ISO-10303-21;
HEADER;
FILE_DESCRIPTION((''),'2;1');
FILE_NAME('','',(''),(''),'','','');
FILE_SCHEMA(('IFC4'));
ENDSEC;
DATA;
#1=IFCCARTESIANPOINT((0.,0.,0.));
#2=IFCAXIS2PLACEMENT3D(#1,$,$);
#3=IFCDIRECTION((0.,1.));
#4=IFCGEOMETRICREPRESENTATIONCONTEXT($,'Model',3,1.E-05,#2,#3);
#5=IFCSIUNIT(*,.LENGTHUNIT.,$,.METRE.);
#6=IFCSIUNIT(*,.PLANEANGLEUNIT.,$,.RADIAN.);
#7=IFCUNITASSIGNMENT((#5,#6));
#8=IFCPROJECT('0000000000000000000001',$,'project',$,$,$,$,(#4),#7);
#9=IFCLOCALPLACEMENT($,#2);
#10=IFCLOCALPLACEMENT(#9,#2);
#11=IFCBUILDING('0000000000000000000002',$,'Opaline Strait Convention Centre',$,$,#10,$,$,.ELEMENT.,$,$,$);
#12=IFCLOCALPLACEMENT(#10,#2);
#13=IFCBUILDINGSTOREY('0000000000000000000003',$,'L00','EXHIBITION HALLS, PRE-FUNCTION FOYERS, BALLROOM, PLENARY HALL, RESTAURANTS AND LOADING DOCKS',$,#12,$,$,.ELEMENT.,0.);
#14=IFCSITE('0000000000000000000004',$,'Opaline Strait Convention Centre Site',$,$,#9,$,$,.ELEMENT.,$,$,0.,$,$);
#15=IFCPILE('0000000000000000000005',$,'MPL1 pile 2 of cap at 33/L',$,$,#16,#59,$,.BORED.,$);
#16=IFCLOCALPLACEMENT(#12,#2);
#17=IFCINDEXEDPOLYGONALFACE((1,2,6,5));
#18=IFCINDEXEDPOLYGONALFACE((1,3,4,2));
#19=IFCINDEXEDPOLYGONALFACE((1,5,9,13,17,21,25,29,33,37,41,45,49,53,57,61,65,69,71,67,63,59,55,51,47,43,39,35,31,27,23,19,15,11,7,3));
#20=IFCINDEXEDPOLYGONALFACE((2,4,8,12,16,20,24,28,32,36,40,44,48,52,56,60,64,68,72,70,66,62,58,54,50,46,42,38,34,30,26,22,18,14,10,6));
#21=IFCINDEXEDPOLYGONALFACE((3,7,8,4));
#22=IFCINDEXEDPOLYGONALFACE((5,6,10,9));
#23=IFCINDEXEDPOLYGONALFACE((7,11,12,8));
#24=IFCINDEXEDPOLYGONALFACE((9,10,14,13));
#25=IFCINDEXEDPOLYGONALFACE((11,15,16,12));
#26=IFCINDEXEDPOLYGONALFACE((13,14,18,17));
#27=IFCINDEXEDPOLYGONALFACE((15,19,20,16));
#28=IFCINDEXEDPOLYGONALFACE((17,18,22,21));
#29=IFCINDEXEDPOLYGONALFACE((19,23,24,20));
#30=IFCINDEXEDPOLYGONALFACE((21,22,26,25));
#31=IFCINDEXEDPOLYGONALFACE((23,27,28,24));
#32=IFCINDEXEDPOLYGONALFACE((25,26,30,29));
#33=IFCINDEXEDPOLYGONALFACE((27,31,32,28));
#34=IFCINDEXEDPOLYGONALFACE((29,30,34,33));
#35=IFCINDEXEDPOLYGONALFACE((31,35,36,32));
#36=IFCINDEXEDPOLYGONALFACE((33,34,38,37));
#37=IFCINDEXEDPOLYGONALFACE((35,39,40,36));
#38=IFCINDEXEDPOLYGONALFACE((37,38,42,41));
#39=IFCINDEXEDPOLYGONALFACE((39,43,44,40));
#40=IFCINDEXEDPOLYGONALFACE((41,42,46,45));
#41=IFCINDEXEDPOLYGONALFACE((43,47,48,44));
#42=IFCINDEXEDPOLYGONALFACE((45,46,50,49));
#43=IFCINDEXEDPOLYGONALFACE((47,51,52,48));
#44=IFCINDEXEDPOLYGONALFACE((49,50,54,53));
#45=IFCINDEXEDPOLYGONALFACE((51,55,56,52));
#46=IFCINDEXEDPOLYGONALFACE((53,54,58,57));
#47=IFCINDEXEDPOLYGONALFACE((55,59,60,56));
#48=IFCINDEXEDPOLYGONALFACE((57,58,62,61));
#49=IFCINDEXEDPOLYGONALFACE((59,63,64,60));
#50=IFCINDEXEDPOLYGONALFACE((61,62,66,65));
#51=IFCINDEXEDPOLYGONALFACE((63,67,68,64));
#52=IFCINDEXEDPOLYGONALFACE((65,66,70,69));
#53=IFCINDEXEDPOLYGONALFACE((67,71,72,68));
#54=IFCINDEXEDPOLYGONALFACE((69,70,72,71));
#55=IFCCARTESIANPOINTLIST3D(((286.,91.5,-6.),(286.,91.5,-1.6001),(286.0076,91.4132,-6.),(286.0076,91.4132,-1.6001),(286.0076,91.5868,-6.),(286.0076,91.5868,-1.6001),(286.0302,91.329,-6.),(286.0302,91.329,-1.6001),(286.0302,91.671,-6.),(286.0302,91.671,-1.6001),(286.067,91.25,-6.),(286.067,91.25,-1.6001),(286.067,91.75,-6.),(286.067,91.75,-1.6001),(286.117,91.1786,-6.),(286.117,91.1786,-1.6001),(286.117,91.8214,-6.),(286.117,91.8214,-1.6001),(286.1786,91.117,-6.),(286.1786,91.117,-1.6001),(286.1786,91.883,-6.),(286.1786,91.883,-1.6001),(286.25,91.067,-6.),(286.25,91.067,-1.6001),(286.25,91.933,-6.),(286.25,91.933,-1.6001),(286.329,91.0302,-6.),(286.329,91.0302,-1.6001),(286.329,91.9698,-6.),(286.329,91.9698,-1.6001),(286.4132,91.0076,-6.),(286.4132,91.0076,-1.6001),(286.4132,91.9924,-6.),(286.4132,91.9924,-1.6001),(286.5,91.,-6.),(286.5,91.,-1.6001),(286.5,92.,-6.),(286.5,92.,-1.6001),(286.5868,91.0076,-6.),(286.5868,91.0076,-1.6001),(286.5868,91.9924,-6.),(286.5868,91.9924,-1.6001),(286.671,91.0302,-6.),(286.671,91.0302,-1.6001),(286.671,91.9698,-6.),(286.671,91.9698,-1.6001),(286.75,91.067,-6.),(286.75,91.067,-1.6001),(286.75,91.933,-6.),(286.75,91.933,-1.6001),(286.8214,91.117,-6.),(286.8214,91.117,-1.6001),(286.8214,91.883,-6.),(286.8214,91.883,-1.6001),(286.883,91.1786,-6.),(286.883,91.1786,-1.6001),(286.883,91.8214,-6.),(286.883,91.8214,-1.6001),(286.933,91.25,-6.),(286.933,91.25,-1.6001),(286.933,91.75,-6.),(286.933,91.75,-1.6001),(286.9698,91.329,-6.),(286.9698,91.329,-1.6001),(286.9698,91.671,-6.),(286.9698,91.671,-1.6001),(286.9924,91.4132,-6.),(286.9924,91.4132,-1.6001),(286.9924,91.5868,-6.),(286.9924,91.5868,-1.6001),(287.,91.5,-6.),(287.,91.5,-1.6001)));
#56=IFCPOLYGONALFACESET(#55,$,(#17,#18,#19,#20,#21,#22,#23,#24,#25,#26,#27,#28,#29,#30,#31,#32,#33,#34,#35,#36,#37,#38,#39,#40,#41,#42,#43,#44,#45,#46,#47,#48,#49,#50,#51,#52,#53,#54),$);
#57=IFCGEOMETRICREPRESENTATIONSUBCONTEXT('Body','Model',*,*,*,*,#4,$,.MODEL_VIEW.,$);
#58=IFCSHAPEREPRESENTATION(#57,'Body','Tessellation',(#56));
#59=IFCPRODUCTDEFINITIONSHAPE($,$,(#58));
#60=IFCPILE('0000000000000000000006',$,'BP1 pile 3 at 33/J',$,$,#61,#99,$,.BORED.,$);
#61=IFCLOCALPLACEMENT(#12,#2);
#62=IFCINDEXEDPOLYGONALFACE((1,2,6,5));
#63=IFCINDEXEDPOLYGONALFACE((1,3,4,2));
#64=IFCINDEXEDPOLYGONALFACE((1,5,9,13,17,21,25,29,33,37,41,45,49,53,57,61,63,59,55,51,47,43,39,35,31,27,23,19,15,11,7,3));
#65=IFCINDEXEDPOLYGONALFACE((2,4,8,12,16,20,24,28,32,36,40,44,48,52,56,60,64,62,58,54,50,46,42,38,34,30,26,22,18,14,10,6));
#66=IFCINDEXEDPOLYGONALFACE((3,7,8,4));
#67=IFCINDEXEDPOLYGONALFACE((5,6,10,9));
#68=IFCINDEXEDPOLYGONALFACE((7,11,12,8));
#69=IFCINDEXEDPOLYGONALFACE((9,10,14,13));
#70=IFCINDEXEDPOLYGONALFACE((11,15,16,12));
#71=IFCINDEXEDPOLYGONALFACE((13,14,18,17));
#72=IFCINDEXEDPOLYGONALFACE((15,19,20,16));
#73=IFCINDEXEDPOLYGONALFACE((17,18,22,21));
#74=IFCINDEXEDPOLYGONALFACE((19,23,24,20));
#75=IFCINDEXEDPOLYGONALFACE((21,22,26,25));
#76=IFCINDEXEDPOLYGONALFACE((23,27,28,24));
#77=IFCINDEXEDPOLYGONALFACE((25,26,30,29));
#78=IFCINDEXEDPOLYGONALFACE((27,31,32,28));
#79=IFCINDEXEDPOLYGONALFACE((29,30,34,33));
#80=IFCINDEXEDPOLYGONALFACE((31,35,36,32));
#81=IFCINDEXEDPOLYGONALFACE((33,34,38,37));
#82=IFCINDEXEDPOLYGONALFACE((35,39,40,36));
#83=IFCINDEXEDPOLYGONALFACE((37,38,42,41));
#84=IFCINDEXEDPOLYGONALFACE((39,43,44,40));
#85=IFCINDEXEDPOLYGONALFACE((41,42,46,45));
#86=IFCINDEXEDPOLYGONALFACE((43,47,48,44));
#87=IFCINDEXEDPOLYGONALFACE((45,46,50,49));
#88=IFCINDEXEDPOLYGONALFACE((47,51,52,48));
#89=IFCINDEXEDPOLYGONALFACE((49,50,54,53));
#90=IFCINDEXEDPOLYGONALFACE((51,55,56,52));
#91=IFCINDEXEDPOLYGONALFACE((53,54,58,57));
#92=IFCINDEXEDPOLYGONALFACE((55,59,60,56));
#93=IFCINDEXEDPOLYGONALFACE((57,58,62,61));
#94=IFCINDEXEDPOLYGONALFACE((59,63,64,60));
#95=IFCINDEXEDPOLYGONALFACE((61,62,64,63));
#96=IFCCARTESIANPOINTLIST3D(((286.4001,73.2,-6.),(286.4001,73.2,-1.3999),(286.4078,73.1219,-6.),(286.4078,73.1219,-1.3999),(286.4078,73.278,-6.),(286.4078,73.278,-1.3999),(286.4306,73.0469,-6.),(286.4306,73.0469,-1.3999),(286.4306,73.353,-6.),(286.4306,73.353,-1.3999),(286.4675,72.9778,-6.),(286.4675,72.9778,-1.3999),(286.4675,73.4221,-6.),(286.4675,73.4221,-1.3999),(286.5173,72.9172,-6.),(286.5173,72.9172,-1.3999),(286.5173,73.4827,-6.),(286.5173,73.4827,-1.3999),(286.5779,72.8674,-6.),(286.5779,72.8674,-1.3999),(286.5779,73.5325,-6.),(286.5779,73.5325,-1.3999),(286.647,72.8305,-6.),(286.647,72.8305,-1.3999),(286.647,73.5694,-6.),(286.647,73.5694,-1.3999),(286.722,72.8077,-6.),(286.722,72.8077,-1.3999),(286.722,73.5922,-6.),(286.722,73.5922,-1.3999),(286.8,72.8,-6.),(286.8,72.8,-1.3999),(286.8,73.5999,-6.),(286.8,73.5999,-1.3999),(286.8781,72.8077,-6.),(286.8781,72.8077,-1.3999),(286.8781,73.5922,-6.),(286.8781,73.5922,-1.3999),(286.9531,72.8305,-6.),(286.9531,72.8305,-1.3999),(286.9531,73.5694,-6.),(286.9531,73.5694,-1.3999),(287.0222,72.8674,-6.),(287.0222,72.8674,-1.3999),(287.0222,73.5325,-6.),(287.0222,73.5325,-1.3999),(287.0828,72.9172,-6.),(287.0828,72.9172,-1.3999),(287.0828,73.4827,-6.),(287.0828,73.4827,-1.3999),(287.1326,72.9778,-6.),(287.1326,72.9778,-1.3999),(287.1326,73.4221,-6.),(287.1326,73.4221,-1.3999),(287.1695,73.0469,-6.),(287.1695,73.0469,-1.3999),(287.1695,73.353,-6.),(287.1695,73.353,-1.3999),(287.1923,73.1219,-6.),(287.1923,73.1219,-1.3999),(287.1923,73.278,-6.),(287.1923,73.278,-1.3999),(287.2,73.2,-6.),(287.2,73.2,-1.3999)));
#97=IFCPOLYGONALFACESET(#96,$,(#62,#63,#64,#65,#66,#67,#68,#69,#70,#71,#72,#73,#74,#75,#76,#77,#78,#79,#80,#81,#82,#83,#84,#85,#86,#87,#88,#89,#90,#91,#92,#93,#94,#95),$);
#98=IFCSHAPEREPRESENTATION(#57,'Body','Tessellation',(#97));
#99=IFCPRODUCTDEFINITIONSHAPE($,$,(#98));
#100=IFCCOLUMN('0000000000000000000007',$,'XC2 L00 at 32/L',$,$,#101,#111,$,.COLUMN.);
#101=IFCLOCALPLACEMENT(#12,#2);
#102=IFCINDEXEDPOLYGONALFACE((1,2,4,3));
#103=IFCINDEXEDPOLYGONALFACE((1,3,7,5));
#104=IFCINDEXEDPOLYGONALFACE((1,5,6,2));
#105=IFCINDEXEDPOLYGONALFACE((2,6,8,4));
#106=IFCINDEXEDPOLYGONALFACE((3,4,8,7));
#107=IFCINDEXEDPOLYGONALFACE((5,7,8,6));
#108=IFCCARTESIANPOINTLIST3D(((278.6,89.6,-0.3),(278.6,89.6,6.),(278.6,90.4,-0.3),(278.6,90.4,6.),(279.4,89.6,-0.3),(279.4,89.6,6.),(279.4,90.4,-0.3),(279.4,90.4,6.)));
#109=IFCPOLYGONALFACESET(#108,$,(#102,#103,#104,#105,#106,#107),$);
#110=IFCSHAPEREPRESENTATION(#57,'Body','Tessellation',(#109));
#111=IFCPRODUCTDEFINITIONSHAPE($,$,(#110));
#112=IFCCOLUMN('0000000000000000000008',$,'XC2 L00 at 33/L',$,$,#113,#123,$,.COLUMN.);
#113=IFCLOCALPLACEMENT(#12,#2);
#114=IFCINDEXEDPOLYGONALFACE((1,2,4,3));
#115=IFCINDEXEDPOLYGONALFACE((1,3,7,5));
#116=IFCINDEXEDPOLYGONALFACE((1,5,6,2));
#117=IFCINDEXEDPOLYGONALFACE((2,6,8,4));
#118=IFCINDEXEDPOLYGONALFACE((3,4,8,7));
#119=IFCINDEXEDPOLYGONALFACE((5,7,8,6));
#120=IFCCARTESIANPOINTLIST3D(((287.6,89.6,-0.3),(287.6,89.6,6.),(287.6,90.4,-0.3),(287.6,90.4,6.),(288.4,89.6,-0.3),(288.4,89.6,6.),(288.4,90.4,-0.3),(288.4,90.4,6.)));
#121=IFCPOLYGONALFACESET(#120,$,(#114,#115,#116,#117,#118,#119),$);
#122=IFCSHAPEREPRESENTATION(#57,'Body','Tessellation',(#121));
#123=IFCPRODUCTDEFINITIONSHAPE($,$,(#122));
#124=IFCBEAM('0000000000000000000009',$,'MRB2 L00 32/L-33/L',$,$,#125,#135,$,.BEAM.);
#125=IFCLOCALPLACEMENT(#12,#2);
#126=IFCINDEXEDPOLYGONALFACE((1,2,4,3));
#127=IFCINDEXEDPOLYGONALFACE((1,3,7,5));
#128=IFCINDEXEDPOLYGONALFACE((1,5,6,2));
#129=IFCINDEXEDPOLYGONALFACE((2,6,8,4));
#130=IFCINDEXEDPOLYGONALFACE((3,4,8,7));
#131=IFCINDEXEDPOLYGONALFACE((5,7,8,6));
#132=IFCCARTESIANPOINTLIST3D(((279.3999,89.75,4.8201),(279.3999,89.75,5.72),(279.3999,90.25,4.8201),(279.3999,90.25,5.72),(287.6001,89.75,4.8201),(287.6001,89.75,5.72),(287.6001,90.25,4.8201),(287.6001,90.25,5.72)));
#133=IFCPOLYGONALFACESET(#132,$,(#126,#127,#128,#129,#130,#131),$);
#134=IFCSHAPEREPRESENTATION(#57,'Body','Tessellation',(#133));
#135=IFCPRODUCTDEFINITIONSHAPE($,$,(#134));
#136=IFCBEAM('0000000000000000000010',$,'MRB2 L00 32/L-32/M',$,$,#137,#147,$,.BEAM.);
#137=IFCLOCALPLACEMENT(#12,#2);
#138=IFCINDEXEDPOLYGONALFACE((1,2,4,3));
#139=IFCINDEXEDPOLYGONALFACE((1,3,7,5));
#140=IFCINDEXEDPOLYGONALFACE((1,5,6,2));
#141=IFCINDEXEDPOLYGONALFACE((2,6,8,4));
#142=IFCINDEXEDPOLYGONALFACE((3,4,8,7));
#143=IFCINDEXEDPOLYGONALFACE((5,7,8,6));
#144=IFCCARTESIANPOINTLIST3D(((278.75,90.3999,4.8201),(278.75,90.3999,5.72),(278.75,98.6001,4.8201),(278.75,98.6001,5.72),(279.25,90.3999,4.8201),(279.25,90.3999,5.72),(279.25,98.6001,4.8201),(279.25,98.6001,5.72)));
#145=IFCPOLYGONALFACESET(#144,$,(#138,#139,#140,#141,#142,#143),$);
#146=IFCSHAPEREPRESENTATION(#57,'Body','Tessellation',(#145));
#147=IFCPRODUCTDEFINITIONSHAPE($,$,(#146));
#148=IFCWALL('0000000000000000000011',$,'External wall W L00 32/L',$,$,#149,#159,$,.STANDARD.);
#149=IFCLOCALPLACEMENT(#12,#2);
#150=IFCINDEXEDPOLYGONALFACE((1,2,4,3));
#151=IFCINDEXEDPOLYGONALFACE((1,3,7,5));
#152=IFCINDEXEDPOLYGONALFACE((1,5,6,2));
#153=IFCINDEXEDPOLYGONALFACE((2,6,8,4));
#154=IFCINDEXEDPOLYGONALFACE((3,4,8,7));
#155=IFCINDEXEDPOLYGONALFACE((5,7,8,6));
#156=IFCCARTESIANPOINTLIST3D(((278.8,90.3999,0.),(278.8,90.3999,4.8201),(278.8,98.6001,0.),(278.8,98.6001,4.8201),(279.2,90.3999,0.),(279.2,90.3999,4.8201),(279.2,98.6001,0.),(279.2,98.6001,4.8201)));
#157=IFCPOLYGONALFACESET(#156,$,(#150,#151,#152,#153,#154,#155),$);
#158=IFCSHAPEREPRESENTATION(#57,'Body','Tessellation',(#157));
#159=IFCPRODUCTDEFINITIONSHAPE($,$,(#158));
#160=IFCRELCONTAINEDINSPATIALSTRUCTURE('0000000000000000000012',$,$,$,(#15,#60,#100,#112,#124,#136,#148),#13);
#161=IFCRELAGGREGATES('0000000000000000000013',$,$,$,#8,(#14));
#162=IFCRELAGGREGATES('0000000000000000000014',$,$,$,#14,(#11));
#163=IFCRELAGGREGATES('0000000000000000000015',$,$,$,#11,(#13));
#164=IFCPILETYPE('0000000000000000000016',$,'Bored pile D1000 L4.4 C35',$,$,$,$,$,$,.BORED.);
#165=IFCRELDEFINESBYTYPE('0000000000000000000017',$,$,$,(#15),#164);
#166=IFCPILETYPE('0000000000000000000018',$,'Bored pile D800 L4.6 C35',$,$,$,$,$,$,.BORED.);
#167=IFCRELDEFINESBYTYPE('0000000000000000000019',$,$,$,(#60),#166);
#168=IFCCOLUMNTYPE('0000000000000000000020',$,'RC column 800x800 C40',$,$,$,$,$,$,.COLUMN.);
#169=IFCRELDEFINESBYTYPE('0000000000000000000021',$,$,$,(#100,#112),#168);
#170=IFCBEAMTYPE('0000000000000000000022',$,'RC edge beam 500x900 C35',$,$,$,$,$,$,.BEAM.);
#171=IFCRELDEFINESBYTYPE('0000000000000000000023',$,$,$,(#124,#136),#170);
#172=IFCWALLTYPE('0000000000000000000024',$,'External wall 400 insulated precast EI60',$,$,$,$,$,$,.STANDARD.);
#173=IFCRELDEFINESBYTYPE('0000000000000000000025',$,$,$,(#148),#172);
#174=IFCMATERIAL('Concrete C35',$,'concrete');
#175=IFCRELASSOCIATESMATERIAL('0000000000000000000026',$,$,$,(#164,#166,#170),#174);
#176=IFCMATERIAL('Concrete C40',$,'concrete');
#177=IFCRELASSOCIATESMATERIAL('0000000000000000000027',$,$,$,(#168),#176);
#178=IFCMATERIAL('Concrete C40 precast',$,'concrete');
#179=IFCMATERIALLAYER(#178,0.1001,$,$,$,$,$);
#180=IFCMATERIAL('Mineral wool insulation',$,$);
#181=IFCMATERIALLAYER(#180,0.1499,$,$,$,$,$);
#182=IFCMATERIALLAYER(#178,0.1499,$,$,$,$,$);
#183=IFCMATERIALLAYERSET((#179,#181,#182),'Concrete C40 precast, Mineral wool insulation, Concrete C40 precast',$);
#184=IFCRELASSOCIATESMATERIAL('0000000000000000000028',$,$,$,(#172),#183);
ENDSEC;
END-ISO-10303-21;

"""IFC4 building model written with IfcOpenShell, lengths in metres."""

from ifc_helpers import new_model, si_unit, direction, frame, frame_2d, origin, origin_2d, place, context, subcontext, project, spatial, rectangle, circle, extrude, material, layer, layer_set, material_profile, profile_set, type_object, element, save


model = new_model("IFC4")

# Units and contexts
model_context = context("Model", 3, precision=1e-05, world=origin(), true_north=direction((0.0, 1.0)))
body_context = subcontext(model_context, "Body", "Model", "MODEL_VIEW")
ifc_project = project(units=[si_unit("LENGTHUNIT", "METRE"), si_unit("PLANEANGLEUNIT", "RADIAN")], contexts=[model_context])

# Site, building, storey
site_placement = place(None, origin())
site = spatial("IfcSite", under=ifc_project, at=site_placement, Name="Opaline Strait Convention Centre Site", CompositionType="ELEMENT", RefElevation=0.0)
building_placement = place(site_placement, origin())
building = spatial("IfcBuilding", under=site, at=building_placement, Name="Opaline Strait Convention Centre", CompositionType="ELEMENT")
storey_placement = place(building_placement, origin())
storey = spatial("IfcBuildingStorey", under=building, at=storey_placement, Name="L00", Description="EXHIBITION HALLS, PRE-FUNCTION FOYERS, BALLROOM, PLENARY HALL, RESTAURANTS AND LOADING DOCKS", CompositionType="ELEMENT", Elevation=0.0)

# Piles
ifc_material_1 = material(Name="Concrete C35", Category="concrete")
ifc_material_profile_1 = material_profile(ifc_material_1, circle(Radius=0.5, at=origin_2d()), Name="D1000")
ifc_profile_set_1 = profile_set([ifc_material_profile_1], Name="Concrete C35")
pile_type_1 = type_object("IfcPileType", Name="Bored pile D1000 L4.4 C35", PredefinedType="BORED", material=ifc_profile_set_1)
for number, where, z_axis, x_axis, name in (
    (1, (286.5, 91.5, -1.6001), (0.0, 0.0, -1.0), (1.0, 0.0, 0.0), "MPL1 pile 2 of cap at 33/L"),
):
    element("IfcPile", number, at=place(storey_placement, frame(where, z_axis=z_axis, x_axis=x_axis)), inside=storey, type_object=pile_type_1, Name=name, PredefinedType="BORED", context=body_context, shape_type="SweptSolid", body=[
        extrude(circle(Radius=0.5, at=origin_2d()), origin(), (0.0, 0.0, 1.0), 4.3999),
    ])
ifc_material_profile_2 = material_profile(ifc_material_1, circle(Radius=0.3999, at=origin_2d()), Name="D800")
ifc_profile_set_2 = profile_set([ifc_material_profile_2], Name="Concrete C35")
pile_type_2 = type_object("IfcPileType", Name="Bored pile D800 L4.6 C35", PredefinedType="BORED", material=ifc_profile_set_2)
pile_placement = place(storey_placement, frame((286.8, 73.2, -1.3999), z_axis=(0.0, 0.0, -1.0), x_axis=(1.0, 0.0, 0.0)))
element("IfcPile", 2, at=pile_placement, inside=storey, type_object=pile_type_2, Name="BP1 pile 3 at 33/J", PredefinedType="BORED", context=body_context, shape_type="SweptSolid", body=[
    extrude(circle(Radius=0.3999, at=origin_2d()), origin(), (0.0, 0.0, 1.0), 4.6001),
])

# Columns
ifc_material_2 = material(Name="Concrete C40", Category="concrete")
ifc_material_profile_3 = material_profile(ifc_material_2, rectangle(XDim=0.8, YDim=0.8, at=origin_2d()), Name="RC 800x800")
ifc_profile_set_3 = profile_set([ifc_material_profile_3], Name="Concrete C40")
column_type = type_object("IfcColumnType", Name="RC column 800x800 C40", PredefinedType="COLUMN", material=ifc_profile_set_3)
for number, where, z_axis, x_axis, name in (
    (3, (279.0, 90.0, -0.3), (0.0, 0.0, 1.0), (1.0, 0.0, 0.0), "XC2 L00 at 32/L"),
    (4, (288.0, 90.0, -0.3), (0.0, 0.0, 1.0), (1.0, 0.0, 0.0), "XC2 L00 at 33/L"),
):
    element("IfcColumn", number, at=place(storey_placement, frame(where, z_axis=z_axis, x_axis=x_axis)), inside=storey, type_object=column_type, Name=name, PredefinedType="COLUMN", context=body_context, shape_type="SweptSolid", body=[
        extrude(rectangle(XDim=0.8, YDim=0.8, at=origin_2d()), origin(), (0.0, 0.0, 1.0), 6.3),
    ])

# Beams
ifc_material_profile_4 = material_profile(ifc_material_1, rectangle(XDim=0.5, YDim=0.8999, at=origin_2d()), Name="RC 500x900")
ifc_profile_set_4 = profile_set([ifc_material_profile_4], Name="Concrete C35")
beam_type = type_object("IfcBeamType", Name="RC edge beam 500x900 C35", PredefinedType="BEAM", material=ifc_profile_set_4)
for number, where, z_axis, x_axis, name in (
    (5, (279.3999, 90.0, 5.27), (1.0, 0.0, 0.0), (0.0, 1.0, 0.0), "MRB2 L00 32/L-33/L"),
    (6, (279.0, 90.3999, 5.27), (0.0, 1.0, 0.0), (-1.0, 0.0, 0.0), "MRB2 L00 32/L-32/M"),
):
    element("IfcBeam", number, at=place(storey_placement, frame(where, z_axis=z_axis, x_axis=x_axis)), inside=storey, type_object=beam_type, Name=name, PredefinedType="BEAM", context=body_context, shape_type="SweptSolid", body=[
        extrude(rectangle(XDim=0.5, YDim=0.8999, at=origin_2d()), origin(), (0.0, 0.0, 1.0), 8.2002),
    ])

# Shared definitions
ifc_material_3 = material(Name="Concrete C40 precast", Category="concrete")
ifc_layer_1 = layer(ifc_material_3, 0.1001)
ifc_material_4 = material(Name="Mineral wool insulation")
ifc_layer_2 = layer(ifc_material_4, 0.1499)
ifc_layer_3 = layer(ifc_material_3, 0.1499)
ifc_layer_set = layer_set([ifc_layer_1, ifc_layer_2, ifc_layer_3], Name="Concrete C40 precast, Mineral wool insulation, Concrete C40 precast")
wall_type = type_object("IfcWallType", Name="External wall 400 insulated precast EI60", PredefinedType="STANDARD", material=ifc_layer_set)

# Wall
wall_1_placement = place(storey_placement, frame((279.0, 90.3999, 0.0), z_axis=(0.0, 0.0, 1.0), x_axis=(0.0, 1.0, 0.0)))
element("IfcWall", 7, at=wall_1_placement, inside=storey, type_object=wall_type, Name="External wall W L00 32/L", PredefinedType="STANDARD", context=body_context, shape_type="SweptSolid", body=[
    extrude(rectangle(XDim=8.2002, YDim=0.3999, at=frame_2d((4.1001, 0.0))), origin(), (0.0, 0.0, 1.0), 4.8201),
])

save(model, "model.ifc")
